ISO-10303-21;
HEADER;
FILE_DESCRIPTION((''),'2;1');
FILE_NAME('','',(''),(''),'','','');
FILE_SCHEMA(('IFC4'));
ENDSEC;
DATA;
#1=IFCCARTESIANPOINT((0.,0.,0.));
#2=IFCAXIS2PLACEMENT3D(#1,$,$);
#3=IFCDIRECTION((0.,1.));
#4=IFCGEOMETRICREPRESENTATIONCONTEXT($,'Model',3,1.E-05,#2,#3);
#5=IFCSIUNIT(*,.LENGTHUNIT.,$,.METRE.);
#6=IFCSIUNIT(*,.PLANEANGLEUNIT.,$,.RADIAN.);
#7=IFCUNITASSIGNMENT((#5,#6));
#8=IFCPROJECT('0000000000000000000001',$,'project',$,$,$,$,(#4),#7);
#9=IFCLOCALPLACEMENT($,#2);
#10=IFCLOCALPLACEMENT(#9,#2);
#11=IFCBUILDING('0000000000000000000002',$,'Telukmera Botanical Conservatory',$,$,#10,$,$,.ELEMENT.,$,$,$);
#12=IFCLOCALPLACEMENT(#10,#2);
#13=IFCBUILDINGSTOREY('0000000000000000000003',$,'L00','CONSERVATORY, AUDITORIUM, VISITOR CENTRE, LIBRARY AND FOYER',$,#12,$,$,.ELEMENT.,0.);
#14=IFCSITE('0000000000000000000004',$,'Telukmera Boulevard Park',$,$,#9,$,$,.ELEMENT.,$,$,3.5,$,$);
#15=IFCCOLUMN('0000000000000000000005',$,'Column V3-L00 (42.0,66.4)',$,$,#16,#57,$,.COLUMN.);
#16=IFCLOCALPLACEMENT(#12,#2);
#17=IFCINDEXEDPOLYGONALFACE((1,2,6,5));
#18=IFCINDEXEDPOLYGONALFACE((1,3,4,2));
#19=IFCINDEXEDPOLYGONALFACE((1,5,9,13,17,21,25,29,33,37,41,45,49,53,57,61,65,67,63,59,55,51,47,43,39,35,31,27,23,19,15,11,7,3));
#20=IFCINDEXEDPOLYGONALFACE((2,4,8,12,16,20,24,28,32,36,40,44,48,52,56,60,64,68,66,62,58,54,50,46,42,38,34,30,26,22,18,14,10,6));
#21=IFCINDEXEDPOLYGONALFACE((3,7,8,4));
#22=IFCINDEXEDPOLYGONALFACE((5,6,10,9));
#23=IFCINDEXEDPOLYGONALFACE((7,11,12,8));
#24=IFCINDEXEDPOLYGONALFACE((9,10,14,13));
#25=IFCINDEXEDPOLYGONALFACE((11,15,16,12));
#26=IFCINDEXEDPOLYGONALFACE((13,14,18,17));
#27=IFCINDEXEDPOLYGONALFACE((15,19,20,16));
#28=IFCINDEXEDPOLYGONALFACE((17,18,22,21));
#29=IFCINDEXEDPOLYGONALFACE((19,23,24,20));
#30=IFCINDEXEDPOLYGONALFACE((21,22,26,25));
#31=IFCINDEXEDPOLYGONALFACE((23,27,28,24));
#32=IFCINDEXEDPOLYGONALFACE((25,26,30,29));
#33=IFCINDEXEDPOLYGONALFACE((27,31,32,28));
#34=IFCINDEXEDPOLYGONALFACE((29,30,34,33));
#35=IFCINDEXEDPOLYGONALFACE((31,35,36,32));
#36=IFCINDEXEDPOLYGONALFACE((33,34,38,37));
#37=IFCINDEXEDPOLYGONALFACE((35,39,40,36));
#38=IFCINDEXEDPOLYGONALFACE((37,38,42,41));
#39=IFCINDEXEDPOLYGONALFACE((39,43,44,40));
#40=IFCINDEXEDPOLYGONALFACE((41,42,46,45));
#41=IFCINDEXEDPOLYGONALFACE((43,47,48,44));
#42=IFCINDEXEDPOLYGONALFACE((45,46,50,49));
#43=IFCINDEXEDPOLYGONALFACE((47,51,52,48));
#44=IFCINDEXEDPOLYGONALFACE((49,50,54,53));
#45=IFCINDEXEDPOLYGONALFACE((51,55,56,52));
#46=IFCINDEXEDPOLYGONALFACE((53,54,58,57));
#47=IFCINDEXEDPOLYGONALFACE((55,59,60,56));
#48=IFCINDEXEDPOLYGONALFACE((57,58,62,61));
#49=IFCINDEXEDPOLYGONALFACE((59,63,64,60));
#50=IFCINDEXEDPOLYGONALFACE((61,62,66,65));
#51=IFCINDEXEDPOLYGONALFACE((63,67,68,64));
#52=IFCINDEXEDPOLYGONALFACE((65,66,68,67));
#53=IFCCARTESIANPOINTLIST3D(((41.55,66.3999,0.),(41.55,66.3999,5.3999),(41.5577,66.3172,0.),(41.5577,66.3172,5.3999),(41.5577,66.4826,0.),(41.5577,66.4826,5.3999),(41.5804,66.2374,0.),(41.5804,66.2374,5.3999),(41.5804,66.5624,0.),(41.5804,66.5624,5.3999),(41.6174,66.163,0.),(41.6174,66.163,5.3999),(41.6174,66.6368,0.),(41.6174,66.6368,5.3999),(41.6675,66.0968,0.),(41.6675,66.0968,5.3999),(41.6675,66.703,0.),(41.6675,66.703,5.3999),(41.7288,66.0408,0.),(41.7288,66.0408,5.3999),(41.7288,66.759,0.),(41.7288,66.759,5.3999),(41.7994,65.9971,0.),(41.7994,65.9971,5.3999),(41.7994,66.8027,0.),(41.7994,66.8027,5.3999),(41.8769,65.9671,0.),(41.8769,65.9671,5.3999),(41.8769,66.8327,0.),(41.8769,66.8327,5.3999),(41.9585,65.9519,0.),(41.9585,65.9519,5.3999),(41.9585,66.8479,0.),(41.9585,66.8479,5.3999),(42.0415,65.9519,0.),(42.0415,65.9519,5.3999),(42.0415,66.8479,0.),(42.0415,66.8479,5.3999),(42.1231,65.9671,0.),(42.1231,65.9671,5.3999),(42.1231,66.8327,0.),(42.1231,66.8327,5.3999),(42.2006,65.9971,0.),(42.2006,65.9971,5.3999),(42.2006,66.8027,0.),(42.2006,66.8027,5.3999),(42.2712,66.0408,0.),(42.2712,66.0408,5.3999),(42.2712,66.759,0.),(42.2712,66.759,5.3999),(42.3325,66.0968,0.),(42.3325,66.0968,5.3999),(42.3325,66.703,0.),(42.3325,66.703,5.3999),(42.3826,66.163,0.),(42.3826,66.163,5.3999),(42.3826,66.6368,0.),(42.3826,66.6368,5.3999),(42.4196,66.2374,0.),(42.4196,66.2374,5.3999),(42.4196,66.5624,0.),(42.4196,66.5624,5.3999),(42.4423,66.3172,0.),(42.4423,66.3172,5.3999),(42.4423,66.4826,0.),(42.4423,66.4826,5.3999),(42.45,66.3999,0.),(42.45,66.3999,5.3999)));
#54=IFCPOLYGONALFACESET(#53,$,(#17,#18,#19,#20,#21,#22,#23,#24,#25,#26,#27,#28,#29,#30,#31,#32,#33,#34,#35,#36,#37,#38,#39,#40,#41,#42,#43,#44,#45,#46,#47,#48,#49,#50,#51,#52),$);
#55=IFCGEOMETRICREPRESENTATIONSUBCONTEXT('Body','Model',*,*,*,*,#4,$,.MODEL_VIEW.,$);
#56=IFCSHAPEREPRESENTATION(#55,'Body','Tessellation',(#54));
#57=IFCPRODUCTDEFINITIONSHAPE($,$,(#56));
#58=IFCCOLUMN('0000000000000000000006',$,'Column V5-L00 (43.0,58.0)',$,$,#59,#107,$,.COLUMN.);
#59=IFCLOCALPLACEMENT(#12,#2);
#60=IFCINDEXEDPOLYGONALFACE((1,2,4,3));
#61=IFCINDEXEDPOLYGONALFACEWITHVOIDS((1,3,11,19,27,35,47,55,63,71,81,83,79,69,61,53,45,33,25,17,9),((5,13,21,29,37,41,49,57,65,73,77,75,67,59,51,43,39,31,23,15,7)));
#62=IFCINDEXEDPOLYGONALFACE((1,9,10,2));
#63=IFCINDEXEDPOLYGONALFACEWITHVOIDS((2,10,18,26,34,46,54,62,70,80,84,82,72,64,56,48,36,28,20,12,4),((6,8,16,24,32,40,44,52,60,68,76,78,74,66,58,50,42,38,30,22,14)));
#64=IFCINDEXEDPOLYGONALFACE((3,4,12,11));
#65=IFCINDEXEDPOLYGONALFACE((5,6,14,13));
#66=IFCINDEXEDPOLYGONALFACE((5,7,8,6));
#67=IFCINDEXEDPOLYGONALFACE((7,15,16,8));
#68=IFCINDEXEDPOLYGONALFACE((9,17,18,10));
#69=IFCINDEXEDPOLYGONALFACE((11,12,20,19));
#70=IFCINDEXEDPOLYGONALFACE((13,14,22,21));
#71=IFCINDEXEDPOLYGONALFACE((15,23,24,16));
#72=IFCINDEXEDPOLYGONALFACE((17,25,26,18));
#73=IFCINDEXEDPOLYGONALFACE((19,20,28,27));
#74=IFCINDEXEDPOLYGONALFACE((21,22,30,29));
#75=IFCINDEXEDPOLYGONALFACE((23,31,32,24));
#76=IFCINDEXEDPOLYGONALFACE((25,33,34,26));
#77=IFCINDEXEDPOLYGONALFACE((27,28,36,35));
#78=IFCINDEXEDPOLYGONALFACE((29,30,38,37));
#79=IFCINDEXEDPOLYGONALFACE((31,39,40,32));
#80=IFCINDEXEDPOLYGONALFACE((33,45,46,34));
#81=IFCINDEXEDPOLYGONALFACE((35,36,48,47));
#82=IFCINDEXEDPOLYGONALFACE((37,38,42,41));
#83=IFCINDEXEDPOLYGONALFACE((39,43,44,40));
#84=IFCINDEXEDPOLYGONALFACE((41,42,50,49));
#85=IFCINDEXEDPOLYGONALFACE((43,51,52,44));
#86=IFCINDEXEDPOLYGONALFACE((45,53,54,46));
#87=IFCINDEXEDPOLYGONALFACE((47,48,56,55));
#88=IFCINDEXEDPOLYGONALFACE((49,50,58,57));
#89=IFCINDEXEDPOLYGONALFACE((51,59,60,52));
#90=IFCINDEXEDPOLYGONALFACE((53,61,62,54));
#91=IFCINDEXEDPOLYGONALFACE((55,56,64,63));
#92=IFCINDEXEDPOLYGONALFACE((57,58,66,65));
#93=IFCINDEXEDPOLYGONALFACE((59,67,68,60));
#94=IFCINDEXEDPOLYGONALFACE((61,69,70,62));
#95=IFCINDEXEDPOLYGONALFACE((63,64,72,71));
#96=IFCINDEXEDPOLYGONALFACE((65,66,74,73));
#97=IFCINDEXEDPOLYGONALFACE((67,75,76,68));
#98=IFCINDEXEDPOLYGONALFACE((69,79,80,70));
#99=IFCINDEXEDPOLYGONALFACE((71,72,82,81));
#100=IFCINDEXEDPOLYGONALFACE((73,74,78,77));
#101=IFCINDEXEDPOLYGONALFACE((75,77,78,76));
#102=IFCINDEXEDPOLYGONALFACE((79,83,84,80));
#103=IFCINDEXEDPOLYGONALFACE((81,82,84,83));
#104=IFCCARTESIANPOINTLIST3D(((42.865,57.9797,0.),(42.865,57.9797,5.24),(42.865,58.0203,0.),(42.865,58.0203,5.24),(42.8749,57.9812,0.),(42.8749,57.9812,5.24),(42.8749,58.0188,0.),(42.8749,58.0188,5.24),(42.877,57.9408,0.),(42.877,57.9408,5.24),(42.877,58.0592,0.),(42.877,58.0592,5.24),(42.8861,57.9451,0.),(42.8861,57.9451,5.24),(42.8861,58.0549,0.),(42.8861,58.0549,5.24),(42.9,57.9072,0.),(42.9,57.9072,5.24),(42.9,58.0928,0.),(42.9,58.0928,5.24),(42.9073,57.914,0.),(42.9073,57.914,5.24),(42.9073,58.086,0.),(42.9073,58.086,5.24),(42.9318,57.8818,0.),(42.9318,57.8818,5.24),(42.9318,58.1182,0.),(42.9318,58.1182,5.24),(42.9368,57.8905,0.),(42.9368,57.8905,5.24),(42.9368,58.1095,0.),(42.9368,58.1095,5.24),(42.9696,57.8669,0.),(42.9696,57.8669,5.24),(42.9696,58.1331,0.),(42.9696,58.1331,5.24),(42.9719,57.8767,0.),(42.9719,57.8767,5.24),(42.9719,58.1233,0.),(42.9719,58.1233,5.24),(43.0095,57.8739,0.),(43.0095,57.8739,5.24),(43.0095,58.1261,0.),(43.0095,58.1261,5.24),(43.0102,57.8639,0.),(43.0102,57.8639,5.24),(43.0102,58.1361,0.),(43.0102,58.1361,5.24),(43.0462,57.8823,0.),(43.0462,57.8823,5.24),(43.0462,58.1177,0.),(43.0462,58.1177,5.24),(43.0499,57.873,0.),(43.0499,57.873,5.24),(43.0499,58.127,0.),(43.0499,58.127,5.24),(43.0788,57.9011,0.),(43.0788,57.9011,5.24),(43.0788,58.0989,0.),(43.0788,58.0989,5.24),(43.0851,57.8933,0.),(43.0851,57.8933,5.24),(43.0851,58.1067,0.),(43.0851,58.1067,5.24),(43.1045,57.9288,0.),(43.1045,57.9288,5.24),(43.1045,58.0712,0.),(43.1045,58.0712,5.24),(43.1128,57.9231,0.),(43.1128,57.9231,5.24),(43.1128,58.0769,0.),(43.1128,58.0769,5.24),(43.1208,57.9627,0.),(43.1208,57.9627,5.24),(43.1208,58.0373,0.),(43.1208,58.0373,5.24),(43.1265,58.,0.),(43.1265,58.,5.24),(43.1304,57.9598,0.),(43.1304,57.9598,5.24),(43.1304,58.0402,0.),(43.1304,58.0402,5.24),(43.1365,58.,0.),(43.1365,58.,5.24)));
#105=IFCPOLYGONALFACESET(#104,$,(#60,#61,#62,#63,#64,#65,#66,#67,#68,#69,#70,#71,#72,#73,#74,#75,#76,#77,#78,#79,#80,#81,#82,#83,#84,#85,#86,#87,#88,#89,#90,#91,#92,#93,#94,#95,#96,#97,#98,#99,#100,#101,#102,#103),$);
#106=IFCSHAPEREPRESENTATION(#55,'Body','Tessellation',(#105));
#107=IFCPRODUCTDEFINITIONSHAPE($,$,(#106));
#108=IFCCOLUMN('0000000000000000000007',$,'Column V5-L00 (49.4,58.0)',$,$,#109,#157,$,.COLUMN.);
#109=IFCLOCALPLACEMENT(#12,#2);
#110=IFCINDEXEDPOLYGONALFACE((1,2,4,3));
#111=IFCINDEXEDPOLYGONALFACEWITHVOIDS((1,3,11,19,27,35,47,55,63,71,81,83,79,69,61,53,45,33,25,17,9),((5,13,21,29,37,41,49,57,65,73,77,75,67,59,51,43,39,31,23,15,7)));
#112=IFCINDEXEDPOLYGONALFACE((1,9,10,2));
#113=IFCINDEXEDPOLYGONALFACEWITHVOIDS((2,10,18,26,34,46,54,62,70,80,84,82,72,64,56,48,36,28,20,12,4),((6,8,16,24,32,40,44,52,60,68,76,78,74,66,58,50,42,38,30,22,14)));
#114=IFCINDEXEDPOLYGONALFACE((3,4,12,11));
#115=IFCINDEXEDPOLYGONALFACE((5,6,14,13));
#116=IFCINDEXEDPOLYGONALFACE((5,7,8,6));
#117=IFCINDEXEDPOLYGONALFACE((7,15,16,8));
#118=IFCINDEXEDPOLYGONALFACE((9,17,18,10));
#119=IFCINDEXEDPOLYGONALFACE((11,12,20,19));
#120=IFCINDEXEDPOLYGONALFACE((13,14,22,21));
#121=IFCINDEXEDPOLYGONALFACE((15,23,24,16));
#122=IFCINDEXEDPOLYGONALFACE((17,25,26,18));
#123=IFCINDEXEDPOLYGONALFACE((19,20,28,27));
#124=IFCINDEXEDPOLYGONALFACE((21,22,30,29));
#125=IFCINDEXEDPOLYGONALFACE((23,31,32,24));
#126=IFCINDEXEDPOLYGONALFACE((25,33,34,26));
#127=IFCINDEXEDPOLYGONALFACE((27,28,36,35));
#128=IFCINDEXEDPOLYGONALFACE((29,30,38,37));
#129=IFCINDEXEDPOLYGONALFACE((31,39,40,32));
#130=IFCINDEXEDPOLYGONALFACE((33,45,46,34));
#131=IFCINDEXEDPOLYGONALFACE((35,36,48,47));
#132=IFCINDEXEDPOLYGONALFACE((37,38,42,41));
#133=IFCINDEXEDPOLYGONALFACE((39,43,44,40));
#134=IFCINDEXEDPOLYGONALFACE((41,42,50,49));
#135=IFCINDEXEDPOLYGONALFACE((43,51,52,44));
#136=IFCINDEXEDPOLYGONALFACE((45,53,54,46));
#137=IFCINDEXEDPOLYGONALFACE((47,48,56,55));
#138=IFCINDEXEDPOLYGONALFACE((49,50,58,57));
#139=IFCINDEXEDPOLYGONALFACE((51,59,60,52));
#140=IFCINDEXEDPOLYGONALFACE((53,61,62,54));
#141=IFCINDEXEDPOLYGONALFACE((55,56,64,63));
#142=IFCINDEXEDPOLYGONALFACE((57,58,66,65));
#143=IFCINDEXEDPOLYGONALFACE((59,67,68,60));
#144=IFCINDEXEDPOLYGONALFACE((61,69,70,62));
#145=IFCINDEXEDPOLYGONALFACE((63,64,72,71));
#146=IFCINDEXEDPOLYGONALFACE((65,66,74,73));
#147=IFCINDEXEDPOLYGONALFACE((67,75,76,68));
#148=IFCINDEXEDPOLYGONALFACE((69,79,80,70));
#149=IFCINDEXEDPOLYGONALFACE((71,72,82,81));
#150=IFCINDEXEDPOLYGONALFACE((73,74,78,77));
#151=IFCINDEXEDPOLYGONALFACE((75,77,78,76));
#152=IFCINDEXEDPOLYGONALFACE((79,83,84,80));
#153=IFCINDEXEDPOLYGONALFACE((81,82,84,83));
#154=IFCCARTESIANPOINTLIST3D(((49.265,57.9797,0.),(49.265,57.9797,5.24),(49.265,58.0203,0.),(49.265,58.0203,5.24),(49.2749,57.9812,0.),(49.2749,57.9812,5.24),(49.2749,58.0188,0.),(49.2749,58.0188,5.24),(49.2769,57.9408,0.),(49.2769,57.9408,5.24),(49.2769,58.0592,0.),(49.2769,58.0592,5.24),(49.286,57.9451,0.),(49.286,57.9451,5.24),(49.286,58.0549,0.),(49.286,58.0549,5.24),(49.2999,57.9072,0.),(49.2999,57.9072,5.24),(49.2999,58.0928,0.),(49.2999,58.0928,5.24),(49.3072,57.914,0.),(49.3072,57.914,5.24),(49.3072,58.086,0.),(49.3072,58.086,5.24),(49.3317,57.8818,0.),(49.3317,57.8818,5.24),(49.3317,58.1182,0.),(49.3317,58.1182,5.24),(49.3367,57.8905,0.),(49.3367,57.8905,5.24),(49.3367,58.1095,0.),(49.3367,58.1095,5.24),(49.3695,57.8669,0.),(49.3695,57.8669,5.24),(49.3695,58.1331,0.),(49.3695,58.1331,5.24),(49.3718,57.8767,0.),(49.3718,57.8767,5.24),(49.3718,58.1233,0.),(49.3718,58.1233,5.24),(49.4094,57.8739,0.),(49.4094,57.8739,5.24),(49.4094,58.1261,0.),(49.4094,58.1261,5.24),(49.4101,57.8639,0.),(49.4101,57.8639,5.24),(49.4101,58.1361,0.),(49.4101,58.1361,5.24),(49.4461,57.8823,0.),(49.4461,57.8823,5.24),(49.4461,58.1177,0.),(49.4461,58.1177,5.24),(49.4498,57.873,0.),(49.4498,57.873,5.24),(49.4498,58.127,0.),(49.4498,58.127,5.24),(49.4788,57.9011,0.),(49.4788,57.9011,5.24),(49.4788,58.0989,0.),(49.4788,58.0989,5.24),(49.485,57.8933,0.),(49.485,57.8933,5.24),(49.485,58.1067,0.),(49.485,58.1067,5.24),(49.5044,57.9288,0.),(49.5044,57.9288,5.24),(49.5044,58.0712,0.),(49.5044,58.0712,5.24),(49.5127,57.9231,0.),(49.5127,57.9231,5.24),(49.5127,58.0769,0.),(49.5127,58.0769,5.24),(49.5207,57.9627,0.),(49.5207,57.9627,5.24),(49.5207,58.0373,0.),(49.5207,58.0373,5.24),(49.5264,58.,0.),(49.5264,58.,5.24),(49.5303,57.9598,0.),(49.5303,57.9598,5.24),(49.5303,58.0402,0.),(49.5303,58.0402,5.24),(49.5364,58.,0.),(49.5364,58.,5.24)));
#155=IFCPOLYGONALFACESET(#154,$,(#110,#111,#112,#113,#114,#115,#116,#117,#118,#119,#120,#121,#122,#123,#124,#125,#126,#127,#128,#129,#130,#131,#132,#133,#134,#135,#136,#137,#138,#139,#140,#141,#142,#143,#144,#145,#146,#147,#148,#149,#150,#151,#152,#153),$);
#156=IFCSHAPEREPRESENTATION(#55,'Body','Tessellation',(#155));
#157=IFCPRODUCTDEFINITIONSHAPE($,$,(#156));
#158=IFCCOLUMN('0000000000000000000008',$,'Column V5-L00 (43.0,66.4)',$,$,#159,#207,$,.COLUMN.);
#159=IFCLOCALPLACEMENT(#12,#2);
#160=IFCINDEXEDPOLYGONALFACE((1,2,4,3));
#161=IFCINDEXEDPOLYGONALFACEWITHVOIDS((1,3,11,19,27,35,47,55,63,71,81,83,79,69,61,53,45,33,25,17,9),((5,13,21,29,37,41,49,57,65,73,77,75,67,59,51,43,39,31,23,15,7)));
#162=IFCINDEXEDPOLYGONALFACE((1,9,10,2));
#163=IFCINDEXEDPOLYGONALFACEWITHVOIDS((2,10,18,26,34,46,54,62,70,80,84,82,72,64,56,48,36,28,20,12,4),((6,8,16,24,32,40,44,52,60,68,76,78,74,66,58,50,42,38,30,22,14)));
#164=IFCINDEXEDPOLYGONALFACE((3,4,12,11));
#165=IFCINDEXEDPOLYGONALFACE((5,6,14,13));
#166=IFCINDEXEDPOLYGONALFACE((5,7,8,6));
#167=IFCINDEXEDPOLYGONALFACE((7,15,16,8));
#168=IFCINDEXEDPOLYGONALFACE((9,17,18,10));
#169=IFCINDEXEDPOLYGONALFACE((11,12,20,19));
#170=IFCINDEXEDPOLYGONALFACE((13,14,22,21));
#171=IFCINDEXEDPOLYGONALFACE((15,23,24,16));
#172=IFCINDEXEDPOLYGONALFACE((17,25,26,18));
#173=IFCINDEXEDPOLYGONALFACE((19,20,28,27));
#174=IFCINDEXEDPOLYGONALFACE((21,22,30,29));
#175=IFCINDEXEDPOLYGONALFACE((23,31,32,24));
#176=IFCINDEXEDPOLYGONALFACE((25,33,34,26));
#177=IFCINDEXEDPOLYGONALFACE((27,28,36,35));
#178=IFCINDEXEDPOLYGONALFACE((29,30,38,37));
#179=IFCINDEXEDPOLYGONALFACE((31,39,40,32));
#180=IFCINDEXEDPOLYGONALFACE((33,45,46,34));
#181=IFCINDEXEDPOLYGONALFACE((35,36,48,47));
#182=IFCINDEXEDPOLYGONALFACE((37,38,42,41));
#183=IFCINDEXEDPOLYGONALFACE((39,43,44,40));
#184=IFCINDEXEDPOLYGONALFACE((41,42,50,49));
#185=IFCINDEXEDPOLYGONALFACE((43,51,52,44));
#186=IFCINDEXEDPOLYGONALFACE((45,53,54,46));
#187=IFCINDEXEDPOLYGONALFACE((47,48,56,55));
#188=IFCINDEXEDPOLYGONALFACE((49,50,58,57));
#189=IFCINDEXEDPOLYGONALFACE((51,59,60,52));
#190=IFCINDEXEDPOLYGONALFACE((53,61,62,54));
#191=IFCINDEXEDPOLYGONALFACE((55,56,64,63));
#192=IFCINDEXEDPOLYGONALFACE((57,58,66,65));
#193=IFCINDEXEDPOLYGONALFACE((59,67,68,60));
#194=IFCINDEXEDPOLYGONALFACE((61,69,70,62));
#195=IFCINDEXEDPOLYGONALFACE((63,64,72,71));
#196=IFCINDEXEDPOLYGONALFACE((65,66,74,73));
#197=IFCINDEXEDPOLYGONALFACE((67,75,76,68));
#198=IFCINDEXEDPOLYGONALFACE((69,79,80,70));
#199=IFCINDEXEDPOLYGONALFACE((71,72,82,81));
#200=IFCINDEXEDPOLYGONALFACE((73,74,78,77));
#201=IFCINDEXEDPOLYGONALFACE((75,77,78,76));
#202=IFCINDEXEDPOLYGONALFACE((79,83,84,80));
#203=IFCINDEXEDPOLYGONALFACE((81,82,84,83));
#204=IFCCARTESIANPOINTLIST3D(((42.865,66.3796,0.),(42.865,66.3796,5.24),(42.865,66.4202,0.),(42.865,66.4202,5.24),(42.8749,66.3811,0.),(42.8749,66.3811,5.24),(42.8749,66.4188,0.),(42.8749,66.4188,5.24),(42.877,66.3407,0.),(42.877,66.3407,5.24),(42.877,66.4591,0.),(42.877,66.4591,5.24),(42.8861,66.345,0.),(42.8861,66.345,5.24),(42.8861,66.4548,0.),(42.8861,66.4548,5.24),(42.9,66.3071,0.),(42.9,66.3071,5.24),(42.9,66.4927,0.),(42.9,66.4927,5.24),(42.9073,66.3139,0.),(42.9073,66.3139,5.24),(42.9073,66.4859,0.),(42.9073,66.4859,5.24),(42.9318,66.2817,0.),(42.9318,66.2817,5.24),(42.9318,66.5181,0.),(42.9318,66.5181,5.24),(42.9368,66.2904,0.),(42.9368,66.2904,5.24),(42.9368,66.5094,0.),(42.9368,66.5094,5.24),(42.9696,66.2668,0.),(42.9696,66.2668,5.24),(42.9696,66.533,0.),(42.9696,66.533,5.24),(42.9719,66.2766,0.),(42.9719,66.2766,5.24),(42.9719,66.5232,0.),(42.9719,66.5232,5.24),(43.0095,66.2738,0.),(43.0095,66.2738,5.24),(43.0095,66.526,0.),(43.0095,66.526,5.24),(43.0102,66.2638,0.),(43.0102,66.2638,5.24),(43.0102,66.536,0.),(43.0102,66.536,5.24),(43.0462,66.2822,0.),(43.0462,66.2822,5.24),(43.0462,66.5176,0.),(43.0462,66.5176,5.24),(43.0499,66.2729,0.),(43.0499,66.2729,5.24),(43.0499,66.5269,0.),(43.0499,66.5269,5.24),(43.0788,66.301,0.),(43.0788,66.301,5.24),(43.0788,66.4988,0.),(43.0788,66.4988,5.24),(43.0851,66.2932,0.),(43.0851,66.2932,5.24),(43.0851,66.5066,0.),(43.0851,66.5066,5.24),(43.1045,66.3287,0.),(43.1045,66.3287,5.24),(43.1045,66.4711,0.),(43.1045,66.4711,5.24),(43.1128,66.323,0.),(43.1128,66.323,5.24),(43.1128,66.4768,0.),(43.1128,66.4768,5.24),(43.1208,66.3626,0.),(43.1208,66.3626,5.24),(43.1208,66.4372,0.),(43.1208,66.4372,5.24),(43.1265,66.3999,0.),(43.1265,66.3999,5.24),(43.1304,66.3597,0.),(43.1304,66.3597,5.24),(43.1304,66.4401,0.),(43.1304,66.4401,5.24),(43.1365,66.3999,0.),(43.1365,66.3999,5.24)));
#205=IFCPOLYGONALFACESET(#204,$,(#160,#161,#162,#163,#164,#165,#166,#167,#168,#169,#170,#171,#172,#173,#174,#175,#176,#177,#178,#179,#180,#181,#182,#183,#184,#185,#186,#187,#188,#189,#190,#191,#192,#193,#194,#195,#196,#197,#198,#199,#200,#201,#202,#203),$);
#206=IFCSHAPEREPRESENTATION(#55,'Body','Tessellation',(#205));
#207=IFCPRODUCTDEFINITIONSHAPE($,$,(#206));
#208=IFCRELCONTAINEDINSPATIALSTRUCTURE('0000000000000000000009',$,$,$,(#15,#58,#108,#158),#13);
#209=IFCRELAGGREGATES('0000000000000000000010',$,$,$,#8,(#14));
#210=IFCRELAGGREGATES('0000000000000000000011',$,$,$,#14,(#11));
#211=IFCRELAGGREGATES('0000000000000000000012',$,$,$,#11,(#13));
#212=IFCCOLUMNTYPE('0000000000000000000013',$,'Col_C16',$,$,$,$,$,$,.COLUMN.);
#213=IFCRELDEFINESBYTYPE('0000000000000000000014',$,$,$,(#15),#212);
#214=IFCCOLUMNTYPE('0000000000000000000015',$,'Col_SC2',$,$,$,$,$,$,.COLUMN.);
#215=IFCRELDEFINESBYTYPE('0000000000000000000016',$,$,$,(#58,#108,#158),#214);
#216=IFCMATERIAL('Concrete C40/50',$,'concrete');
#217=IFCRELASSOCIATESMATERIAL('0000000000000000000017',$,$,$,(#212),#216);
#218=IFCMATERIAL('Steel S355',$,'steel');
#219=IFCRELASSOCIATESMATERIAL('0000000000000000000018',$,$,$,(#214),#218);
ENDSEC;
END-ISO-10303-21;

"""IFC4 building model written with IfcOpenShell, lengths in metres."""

from ifc_helpers import new_model, si_unit, direction, frame, origin, origin_2d, place, context, subcontext, project, spatial, circle, hollow_circle, extrude, material, material_profile, profile_set, type_object, element, save


model = new_model("IFC4")

# Units and contexts
model_context = context("Model", 3, precision=1e-05, world=origin(), true_north=direction((0.0, 1.0)))
body_context = subcontext(model_context, "Body", "Model", "MODEL_VIEW")
ifc_project = project(units=[si_unit("LENGTHUNIT", "METRE"), si_unit("PLANEANGLEUNIT", "RADIAN")], contexts=[model_context])

# Site, building, storey
site_placement = place(None, origin())
site = spatial("IfcSite", under=ifc_project, at=site_placement, Name="Telukmera Boulevard Park", CompositionType="ELEMENT", RefElevation=3.5)
building_placement = place(site_placement, origin())
building = spatial("IfcBuilding", under=site, at=building_placement, Name="Telukmera Botanical Conservatory", CompositionType="ELEMENT")
storey_placement = place(building_placement, origin())
storey = spatial("IfcBuildingStorey", under=building, at=storey_placement, Name="L00", Description="CONSERVATORY, AUDITORIUM, VISITOR CENTRE, LIBRARY AND FOYER", CompositionType="ELEMENT", Elevation=0.0)

# Columns
ifc_material_1 = material(Name="Concrete C40/50", Category="concrete")
ifc_material_profile_1 = material_profile(ifc_material_1, circle(Radius=0.45, at=origin_2d()), Name="RC D900")
ifc_profile_set_1 = profile_set([ifc_material_profile_1], Name="Concrete C40/50")
column_type_1 = type_object("IfcColumnType", Name="Col_C16", PredefinedType="COLUMN", material=ifc_profile_set_1)
column_placement = place(storey_placement, frame((42.0, 66.3999, 0.0), z_axis=(0.0, 0.0, 1.0), x_axis=(1.0, 0.0, 0.0)))
element("IfcColumn", 1, at=column_placement, inside=storey, type_object=column_type_1, Name="Column V3-L00 (42.0,66.4)", PredefinedType="COLUMN", context=body_context, shape_type="SweptSolid", body=[
    extrude(circle(Radius=0.45, at=origin_2d()), origin(), (0.0, 0.0, 1.0), 5.3999),
])
ifc_material_2 = material(Name="Steel S355", Category="steel")
ifc_material_profile_2 = material_profile(ifc_material_2, hollow_circle(Radius=0.1365, WallThickness=0.01, at=origin_2d()), Name="CHS 273.0x10.0")
ifc_profile_set_2 = profile_set([ifc_material_profile_2], Name="Steel S355")
column_type_2 = type_object("IfcColumnType", Name="Col_SC2", PredefinedType="COLUMN", material=ifc_profile_set_2)
for number, where, z_axis, x_axis, name in (
    (2, (43.0, 58.0, 0.0), (0.0, 0.0, 1.0), (1.0, 0.0, 0.0), "Column V5-L00 (43.0,58.0)"),
    (3, (49.3999, 58.0, 0.0), (0.0, 0.0, 1.0), (1.0, 0.0, 0.0), "Column V5-L00 (49.4,58.0)"),
    (4, (43.0, 66.3999, 0.0), (0.0, 0.0, 1.0), (1.0, 0.0, 0.0), "Column V5-L00 (43.0,66.4)"),
):
    element("IfcColumn", number, at=place(storey_placement, frame(where, z_axis=z_axis, x_axis=x_axis)), inside=storey, type_object=column_type_2, Name=name, PredefinedType="COLUMN", context=body_context, shape_type="SweptSolid", body=[
        extrude(hollow_circle(Radius=0.1365, WallThickness=0.01, at=origin_2d()), origin(), (0.0, 0.0, 1.0), 5.24),
    ])

save(model, "model.ifc")
